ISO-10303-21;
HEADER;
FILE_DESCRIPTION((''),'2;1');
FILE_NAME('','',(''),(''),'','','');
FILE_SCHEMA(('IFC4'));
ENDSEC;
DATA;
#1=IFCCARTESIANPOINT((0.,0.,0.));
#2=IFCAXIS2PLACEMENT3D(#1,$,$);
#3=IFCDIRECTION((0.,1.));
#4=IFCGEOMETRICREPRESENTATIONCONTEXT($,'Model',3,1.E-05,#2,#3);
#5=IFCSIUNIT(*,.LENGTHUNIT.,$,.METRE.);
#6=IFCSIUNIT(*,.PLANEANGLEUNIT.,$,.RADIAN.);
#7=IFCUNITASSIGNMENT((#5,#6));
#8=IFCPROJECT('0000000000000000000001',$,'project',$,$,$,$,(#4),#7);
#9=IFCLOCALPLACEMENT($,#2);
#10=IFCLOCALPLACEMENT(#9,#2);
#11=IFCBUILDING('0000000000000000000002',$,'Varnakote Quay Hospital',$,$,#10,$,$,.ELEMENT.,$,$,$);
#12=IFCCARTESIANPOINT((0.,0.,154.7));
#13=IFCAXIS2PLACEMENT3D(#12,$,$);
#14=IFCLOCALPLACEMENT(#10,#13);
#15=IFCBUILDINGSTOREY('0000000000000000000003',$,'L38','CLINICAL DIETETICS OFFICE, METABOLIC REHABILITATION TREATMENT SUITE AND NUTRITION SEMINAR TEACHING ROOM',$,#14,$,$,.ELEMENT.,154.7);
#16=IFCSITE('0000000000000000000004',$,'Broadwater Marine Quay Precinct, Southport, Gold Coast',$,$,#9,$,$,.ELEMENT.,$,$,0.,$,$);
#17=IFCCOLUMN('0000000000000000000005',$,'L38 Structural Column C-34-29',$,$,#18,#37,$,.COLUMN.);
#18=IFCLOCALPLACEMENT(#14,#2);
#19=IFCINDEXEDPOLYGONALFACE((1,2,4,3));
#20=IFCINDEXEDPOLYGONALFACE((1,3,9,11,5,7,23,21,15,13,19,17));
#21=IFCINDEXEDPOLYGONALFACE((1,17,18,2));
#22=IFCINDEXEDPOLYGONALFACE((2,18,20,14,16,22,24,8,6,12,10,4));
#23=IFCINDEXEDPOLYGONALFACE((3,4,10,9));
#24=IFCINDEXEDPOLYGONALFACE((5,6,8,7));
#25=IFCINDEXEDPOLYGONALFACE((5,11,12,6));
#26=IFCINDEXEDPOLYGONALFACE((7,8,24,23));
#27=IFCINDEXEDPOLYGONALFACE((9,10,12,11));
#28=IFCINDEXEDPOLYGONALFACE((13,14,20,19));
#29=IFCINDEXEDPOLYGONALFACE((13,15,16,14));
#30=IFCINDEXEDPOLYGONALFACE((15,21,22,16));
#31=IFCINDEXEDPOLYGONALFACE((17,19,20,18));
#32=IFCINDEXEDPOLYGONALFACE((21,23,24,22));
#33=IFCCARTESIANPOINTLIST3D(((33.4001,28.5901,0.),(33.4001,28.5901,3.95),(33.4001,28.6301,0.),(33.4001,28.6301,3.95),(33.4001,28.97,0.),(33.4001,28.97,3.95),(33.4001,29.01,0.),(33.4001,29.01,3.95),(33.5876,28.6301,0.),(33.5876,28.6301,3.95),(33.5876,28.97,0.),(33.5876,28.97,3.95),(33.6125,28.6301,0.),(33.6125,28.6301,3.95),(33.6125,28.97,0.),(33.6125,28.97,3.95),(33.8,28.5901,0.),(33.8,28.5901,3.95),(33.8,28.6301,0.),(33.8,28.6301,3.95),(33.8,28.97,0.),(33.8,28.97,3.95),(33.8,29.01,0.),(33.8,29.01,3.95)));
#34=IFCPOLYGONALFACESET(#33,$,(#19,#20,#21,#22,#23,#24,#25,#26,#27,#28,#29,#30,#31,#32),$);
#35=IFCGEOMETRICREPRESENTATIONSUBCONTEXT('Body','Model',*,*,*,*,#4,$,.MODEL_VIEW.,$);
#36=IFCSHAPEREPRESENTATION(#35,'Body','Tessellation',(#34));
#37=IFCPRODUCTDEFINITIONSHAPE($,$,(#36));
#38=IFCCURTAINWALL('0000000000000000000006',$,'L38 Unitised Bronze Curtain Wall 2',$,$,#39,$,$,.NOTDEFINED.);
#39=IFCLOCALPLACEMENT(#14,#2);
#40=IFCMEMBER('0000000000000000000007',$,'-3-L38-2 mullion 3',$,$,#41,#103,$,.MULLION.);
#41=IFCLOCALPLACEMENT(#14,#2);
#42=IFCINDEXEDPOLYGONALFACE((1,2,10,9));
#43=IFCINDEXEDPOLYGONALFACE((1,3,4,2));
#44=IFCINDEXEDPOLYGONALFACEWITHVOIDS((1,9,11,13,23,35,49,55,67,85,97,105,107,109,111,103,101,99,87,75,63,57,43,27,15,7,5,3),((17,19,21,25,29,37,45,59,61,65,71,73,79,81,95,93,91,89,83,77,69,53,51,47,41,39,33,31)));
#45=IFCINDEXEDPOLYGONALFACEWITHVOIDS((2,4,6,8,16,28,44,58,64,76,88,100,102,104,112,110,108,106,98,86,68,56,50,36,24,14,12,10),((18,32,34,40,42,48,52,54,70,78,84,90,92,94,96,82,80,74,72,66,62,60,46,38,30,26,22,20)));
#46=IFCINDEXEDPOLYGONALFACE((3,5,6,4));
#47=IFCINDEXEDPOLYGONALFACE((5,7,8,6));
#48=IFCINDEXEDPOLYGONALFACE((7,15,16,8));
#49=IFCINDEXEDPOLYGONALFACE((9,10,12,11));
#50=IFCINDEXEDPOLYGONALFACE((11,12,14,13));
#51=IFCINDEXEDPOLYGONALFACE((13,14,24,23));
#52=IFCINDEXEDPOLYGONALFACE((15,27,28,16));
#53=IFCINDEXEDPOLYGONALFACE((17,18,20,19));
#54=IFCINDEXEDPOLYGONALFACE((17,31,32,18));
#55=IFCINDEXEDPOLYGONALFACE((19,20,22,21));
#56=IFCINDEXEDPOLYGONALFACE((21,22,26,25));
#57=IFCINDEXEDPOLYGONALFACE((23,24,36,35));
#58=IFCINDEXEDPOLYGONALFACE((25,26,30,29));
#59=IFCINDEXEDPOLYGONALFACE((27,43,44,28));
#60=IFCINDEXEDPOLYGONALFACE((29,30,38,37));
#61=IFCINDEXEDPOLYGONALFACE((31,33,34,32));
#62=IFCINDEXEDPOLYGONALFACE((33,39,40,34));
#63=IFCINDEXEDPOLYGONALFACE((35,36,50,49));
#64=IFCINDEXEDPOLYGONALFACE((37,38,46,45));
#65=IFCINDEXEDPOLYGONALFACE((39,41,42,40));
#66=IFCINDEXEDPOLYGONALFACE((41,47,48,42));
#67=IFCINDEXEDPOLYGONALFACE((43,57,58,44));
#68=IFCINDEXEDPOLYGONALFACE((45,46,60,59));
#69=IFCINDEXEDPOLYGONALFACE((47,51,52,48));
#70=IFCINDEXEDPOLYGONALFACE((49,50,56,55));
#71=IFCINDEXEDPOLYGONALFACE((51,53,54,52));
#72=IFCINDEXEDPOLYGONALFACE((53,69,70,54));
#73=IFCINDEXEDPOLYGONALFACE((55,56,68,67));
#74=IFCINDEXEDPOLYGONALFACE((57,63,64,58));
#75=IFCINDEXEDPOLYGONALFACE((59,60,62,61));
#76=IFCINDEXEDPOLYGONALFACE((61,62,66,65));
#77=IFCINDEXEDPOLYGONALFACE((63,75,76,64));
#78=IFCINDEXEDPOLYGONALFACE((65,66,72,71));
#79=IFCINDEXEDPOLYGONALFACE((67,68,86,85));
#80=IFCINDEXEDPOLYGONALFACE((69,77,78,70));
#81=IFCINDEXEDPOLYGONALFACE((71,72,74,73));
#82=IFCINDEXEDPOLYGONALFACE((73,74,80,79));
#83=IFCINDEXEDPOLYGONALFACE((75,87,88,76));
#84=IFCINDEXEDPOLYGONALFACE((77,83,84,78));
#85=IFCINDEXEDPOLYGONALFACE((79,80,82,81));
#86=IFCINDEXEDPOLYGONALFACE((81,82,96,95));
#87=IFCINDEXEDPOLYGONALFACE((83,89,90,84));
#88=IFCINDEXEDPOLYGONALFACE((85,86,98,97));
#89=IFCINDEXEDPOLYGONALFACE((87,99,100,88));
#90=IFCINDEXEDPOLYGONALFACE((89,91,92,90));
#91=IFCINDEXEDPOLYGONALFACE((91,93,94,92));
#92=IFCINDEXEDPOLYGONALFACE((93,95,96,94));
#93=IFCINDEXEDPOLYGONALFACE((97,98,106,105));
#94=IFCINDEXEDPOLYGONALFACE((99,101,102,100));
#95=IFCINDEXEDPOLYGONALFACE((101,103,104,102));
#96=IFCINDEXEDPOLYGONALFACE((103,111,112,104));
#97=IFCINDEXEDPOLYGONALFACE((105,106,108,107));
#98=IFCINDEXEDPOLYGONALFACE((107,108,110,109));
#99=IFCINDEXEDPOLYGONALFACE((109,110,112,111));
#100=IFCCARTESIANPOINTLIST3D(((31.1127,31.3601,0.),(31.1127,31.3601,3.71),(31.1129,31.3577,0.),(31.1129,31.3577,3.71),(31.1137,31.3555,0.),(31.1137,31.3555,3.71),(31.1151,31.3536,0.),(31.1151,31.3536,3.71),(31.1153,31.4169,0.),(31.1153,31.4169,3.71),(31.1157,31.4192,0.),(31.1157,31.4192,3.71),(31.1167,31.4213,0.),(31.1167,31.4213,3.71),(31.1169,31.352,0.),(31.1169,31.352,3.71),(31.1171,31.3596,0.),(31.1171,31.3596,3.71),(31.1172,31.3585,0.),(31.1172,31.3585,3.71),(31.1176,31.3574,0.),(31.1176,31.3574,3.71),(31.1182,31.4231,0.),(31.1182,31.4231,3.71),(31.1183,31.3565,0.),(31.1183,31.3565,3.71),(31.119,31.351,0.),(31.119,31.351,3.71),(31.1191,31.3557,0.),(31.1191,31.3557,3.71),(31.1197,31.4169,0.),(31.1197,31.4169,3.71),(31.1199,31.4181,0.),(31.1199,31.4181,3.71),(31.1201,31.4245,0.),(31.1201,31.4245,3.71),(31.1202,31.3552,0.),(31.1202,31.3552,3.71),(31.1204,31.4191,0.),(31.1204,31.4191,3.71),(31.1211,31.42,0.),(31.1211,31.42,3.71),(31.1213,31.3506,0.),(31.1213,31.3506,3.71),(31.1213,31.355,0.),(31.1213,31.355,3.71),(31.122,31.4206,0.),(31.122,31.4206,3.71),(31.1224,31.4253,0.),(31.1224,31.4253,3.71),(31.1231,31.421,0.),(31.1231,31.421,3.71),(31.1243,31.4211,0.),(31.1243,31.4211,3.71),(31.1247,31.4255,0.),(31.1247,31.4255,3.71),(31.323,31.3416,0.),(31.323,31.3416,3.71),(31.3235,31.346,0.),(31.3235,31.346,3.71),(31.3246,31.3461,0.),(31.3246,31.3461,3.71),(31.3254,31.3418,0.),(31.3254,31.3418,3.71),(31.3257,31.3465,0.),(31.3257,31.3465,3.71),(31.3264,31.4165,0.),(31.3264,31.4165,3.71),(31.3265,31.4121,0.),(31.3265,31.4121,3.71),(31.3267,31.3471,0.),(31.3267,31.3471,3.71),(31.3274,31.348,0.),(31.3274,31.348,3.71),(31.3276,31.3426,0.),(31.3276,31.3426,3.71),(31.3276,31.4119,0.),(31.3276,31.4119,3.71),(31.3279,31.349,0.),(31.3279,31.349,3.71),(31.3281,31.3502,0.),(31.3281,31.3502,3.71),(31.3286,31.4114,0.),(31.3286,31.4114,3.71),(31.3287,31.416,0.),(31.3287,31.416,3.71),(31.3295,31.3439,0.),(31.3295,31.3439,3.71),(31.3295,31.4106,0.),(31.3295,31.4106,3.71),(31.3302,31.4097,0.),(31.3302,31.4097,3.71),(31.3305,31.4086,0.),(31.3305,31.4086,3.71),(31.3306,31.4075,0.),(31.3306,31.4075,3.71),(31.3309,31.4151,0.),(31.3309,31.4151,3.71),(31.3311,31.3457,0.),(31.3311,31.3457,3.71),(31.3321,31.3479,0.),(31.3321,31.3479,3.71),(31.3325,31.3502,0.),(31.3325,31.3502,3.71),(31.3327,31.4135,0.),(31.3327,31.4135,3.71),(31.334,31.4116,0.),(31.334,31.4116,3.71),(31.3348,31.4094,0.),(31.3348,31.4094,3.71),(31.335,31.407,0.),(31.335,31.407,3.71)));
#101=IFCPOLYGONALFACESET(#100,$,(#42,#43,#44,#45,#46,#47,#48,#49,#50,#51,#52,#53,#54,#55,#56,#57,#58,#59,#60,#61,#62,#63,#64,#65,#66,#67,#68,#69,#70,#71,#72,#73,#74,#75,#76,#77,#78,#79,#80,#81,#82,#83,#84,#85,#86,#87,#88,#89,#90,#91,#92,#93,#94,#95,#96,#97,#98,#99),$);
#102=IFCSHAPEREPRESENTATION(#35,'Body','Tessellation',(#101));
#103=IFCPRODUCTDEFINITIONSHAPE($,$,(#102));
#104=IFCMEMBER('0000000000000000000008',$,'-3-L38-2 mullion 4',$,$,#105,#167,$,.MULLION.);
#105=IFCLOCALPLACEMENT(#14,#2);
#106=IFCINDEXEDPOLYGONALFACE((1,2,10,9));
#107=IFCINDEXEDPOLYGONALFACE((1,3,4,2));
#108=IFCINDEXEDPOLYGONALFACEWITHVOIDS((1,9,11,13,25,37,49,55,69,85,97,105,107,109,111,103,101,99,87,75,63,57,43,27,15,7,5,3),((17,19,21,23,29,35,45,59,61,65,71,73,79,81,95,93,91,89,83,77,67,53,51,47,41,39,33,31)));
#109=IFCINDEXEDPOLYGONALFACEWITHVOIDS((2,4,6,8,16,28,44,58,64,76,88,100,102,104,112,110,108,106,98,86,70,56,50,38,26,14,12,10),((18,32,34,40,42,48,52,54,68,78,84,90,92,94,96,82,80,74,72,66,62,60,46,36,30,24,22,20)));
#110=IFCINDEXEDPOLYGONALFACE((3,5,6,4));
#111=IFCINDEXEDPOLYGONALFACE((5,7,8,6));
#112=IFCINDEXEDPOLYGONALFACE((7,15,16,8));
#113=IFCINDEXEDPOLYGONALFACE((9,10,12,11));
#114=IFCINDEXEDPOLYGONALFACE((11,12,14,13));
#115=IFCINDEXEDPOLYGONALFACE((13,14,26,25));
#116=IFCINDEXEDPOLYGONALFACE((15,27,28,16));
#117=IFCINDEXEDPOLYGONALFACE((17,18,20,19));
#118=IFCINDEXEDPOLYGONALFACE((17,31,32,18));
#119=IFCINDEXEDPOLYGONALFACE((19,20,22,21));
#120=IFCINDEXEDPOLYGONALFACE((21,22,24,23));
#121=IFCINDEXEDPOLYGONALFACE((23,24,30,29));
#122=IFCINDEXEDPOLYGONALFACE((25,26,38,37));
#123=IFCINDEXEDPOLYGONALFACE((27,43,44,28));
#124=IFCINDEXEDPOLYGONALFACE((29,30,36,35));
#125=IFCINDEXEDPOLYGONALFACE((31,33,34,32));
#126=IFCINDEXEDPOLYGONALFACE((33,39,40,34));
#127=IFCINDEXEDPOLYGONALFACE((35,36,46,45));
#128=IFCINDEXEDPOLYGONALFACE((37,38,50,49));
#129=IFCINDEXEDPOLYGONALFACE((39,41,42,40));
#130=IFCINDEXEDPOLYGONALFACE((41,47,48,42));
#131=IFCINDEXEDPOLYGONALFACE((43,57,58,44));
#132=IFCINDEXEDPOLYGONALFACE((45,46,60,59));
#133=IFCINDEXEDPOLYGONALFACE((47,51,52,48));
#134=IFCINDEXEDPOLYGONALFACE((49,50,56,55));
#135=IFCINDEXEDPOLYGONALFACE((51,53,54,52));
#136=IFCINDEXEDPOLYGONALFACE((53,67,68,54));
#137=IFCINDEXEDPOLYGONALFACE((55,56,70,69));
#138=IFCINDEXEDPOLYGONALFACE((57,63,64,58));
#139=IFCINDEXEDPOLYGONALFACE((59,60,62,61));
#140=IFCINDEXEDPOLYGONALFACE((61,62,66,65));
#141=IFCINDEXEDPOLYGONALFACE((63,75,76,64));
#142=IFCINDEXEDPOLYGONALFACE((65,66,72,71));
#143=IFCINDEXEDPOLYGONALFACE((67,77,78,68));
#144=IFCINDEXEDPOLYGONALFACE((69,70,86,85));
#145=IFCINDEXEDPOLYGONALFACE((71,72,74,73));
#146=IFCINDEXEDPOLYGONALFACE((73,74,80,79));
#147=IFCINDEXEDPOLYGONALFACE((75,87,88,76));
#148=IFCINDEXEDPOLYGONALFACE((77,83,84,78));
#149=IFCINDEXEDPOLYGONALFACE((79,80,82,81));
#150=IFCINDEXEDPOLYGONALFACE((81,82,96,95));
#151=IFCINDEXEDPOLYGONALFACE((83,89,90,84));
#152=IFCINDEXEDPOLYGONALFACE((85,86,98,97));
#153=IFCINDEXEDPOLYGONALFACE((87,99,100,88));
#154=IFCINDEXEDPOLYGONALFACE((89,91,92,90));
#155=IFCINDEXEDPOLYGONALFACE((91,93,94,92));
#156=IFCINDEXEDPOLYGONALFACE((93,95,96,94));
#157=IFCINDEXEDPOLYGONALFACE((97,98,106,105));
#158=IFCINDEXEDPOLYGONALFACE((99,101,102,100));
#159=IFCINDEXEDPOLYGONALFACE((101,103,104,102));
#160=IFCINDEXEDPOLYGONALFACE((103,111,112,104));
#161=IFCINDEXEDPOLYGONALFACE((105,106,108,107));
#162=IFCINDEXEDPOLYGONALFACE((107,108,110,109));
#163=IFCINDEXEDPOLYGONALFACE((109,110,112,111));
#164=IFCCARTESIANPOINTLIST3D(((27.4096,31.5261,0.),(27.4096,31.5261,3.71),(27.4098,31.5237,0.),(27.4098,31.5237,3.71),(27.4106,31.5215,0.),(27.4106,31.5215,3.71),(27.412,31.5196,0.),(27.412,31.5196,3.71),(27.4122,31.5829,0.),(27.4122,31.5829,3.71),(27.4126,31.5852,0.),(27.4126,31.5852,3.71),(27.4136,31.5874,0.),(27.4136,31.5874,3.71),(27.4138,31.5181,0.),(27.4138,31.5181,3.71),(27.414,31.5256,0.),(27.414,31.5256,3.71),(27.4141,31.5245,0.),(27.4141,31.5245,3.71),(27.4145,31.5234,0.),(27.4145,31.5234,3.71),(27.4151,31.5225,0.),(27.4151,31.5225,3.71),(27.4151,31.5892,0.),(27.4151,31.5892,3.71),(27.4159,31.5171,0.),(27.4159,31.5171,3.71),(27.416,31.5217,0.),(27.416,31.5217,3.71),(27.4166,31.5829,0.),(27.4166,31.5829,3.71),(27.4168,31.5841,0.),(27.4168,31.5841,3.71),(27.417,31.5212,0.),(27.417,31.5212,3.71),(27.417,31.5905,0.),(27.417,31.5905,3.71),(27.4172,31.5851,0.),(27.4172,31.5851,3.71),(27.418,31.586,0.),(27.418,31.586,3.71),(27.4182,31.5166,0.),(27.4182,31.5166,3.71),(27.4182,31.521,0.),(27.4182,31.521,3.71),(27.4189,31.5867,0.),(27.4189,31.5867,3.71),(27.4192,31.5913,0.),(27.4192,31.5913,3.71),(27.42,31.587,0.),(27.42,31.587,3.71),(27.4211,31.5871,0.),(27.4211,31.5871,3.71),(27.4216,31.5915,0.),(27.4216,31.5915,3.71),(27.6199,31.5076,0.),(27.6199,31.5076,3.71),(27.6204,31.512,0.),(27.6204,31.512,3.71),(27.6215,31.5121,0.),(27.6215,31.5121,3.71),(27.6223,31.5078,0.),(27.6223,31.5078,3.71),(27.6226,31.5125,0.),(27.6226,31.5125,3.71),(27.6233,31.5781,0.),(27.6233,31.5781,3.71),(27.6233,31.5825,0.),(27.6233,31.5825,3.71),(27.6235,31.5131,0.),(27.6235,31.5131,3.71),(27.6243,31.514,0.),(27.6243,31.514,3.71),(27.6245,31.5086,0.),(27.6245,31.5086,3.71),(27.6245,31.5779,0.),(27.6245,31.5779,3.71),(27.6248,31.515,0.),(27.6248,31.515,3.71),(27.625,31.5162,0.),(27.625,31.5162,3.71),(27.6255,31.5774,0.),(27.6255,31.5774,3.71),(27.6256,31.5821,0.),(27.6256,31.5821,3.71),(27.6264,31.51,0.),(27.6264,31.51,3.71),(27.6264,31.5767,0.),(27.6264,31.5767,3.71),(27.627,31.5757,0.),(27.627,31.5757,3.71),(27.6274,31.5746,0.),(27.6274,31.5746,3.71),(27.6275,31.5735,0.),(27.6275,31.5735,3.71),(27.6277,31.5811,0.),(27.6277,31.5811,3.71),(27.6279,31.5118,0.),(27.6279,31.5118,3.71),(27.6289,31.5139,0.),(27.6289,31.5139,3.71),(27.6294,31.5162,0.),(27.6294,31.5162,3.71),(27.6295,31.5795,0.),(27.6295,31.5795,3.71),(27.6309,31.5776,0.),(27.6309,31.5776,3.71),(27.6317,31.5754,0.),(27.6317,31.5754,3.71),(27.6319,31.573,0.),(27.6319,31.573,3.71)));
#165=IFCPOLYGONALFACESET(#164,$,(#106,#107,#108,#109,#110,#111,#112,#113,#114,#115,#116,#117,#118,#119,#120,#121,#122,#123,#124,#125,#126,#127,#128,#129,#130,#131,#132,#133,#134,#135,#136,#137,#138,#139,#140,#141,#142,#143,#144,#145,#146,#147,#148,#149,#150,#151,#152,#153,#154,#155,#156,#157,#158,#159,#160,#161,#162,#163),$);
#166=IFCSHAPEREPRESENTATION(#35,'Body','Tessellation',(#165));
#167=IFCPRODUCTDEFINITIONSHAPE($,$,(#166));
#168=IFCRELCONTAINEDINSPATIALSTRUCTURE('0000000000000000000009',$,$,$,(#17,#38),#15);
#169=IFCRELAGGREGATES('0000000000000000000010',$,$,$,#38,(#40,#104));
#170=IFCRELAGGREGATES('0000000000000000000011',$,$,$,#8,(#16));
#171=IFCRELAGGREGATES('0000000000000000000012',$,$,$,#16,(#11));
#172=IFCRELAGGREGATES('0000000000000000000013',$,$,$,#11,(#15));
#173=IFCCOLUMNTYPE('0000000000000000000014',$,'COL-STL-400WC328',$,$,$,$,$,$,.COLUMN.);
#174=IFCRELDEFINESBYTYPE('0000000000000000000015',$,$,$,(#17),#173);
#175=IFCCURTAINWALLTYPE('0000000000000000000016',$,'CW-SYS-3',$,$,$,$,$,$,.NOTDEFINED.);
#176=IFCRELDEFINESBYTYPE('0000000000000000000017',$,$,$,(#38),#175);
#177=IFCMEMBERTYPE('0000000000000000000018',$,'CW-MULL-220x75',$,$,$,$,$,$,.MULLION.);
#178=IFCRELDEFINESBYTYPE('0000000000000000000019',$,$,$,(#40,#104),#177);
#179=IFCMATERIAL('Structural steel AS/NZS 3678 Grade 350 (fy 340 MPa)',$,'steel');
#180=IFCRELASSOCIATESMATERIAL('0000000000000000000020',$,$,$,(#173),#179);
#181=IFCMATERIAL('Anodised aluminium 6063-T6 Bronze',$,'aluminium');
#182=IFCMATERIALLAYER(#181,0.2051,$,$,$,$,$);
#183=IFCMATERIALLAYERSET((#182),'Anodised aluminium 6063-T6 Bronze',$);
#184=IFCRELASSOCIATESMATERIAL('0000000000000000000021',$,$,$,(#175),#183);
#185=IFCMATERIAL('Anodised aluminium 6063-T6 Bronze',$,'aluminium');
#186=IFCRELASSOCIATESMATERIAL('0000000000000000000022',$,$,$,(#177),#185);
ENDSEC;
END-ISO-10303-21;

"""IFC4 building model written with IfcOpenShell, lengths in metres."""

from ifc_helpers import new_model, si_unit, direction, frame, origin, origin_2d, place, context, subcontext, project, spatial, hollow_rectangle, i_section, extrude, material, layer, layer_set, material_profile, profile_set, type_object, element, aggregate, save


model = new_model("IFC4")

# Units and contexts
model_context = context("Model", 3, precision=1e-05, world=origin(), true_north=direction((0.0, 1.0)))
body_context = subcontext(model_context, "Body", "Model", "MODEL_VIEW")
ifc_project = project(units=[si_unit("LENGTHUNIT", "METRE"), si_unit("PLANEANGLEUNIT", "RADIAN")], contexts=[model_context])

# Site, building, storey
site_placement = place(None, origin())
site = spatial("IfcSite", under=ifc_project, at=site_placement, Name="Broadwater Marine Quay Precinct, Southport, Gold Coast", CompositionType="ELEMENT", RefElevation=0.0)
building_placement = place(site_placement, origin())
building = spatial("IfcBuilding", under=site, at=building_placement, Name="Varnakote Quay Hospital", CompositionType="ELEMENT")
storey_placement = place(building_placement, frame((0.0, 0.0, 154.7)))
storey = spatial("IfcBuildingStorey", under=building, at=storey_placement, Name="L38", Description="CLINICAL DIETETICS OFFICE, METABOLIC REHABILITATION TREATMENT SUITE AND NUTRITION SEMINAR TEACHING ROOM", CompositionType="ELEMENT", Elevation=154.7)

# Column
ifc_material_1 = material(Name="Structural steel AS/NZS 3678 Grade 350 (fy 340 MPa)", Category="steel")
ifc_material_profile_1 = material_profile(ifc_material_1, i_section(OverallWidth=0.3999, OverallDepth=0.4199, WebThickness=0.0249, FlangeThickness=0.04, at=origin_2d()), Name="400WC328")
ifc_profile_set_1 = profile_set([ifc_material_profile_1], Name="Structural steel AS/NZS 3678 Grade 350 (fy 340 MPa)")
column_type = type_object("IfcColumnType", Name="COL-STL-400WC328", PredefinedType="COLUMN", material=ifc_profile_set_1)
column_placement = place(storey_placement, frame((33.6001, 28.8, 0.0), z_axis=(0.0, 0.0, 1.0), x_axis=(1.0, 0.0, 0.0)))
element("IfcColumn", 1, at=column_placement, inside=storey, type_object=column_type, Name="L38 Structural Column C-34-29", PredefinedType="COLUMN", context=body_context, shape_type="SweptSolid", body=[
    extrude(i_section(OverallWidth=0.3999, OverallDepth=0.4199, WebThickness=0.0249, FlangeThickness=0.04, at=origin_2d()), origin(), (0.0, 0.0, 1.0), 3.95),
])

# Curtain wall, members
ifc_material_2 = material(Name="Anodised aluminium 6063-T6 Bronze", Category="aluminium")
ifc_layer_1 = layer(ifc_material_2, 0.2051)
ifc_layer_set_1 = layer_set([ifc_layer_1], Name="Anodised aluminium 6063-T6 Bronze")
curtain_wall_type = type_object("IfcCurtainWallType", Name="CW-SYS-3", PredefinedType="NOTDEFINED", material=ifc_layer_set_1)
curtain_wall_placement = place(storey_placement, origin())
curtain_wall = element("IfcCurtainWall", 2, at=curtain_wall_placement, inside=storey, type_object=curtain_wall_type, Name="L38 Unitised Bronze Curtain Wall 2", PredefinedType="NOTDEFINED")
ifc_material_3 = material(Name="Anodised aluminium 6063-T6 Bronze", Category="aluminium")
ifc_material_profile_2 = material_profile(ifc_material_3, hollow_rectangle(XDim=0.075, YDim=0.22, WallThickness=0.0044, InnerFilletRadius=0.0044, OuterFilletRadius=0.009, at=origin_2d()), Name="CW-MULL-220x75")
ifc_profile_set_2 = profile_set([ifc_material_profile_2], Name="Anodised aluminium 6063-T6 Bronze")
member_type_1 = type_object("IfcMemberType", Name="CW-MULL-220x75", PredefinedType="MULLION", material=ifc_profile_set_2)
member_1_placement = place(storey_placement, frame((31.2239, 31.3835, 0.0), z_axis=(0.0, 0.0, 1.0), x_axis=(-0.044782, -0.998997, 0.0)))
member_1 = element("IfcMember", 3, at=member_1_placement, type_object=member_type_1, Name="-3-L38-2 mullion 3", PredefinedType="MULLION", context=body_context, shape_type="SweptSolid", body=[
    extrude(hollow_rectangle(XDim=0.075, YDim=0.22, WallThickness=0.0044, InnerFilletRadius=0.0044, OuterFilletRadius=0.009, at=origin_2d()), origin(), (0.0, 0.0, 1.0), 3.71),
])
member_2_placement = place(storey_placement, frame((27.5208, 31.5496, 0.0), z_axis=(0.0, 0.0, 1.0), x_axis=(-0.044782, -0.998997, 0.0)))
member_2 = element("IfcMember", 4, at=member_2_placement, type_object=member_type_1, Name="-3-L38-2 mullion 4", PredefinedType="MULLION", context=body_context, shape_type="SweptSolid", body=[
    extrude(hollow_rectangle(XDim=0.075, YDim=0.22, WallThickness=0.0044, InnerFilletRadius=0.0044, OuterFilletRadius=0.009, at=origin_2d()), origin(), (0.0, 0.0, 1.0), 3.71),
])

aggregate(curtain_wall, [member_1, member_2])

save(model, "model.ifc")
